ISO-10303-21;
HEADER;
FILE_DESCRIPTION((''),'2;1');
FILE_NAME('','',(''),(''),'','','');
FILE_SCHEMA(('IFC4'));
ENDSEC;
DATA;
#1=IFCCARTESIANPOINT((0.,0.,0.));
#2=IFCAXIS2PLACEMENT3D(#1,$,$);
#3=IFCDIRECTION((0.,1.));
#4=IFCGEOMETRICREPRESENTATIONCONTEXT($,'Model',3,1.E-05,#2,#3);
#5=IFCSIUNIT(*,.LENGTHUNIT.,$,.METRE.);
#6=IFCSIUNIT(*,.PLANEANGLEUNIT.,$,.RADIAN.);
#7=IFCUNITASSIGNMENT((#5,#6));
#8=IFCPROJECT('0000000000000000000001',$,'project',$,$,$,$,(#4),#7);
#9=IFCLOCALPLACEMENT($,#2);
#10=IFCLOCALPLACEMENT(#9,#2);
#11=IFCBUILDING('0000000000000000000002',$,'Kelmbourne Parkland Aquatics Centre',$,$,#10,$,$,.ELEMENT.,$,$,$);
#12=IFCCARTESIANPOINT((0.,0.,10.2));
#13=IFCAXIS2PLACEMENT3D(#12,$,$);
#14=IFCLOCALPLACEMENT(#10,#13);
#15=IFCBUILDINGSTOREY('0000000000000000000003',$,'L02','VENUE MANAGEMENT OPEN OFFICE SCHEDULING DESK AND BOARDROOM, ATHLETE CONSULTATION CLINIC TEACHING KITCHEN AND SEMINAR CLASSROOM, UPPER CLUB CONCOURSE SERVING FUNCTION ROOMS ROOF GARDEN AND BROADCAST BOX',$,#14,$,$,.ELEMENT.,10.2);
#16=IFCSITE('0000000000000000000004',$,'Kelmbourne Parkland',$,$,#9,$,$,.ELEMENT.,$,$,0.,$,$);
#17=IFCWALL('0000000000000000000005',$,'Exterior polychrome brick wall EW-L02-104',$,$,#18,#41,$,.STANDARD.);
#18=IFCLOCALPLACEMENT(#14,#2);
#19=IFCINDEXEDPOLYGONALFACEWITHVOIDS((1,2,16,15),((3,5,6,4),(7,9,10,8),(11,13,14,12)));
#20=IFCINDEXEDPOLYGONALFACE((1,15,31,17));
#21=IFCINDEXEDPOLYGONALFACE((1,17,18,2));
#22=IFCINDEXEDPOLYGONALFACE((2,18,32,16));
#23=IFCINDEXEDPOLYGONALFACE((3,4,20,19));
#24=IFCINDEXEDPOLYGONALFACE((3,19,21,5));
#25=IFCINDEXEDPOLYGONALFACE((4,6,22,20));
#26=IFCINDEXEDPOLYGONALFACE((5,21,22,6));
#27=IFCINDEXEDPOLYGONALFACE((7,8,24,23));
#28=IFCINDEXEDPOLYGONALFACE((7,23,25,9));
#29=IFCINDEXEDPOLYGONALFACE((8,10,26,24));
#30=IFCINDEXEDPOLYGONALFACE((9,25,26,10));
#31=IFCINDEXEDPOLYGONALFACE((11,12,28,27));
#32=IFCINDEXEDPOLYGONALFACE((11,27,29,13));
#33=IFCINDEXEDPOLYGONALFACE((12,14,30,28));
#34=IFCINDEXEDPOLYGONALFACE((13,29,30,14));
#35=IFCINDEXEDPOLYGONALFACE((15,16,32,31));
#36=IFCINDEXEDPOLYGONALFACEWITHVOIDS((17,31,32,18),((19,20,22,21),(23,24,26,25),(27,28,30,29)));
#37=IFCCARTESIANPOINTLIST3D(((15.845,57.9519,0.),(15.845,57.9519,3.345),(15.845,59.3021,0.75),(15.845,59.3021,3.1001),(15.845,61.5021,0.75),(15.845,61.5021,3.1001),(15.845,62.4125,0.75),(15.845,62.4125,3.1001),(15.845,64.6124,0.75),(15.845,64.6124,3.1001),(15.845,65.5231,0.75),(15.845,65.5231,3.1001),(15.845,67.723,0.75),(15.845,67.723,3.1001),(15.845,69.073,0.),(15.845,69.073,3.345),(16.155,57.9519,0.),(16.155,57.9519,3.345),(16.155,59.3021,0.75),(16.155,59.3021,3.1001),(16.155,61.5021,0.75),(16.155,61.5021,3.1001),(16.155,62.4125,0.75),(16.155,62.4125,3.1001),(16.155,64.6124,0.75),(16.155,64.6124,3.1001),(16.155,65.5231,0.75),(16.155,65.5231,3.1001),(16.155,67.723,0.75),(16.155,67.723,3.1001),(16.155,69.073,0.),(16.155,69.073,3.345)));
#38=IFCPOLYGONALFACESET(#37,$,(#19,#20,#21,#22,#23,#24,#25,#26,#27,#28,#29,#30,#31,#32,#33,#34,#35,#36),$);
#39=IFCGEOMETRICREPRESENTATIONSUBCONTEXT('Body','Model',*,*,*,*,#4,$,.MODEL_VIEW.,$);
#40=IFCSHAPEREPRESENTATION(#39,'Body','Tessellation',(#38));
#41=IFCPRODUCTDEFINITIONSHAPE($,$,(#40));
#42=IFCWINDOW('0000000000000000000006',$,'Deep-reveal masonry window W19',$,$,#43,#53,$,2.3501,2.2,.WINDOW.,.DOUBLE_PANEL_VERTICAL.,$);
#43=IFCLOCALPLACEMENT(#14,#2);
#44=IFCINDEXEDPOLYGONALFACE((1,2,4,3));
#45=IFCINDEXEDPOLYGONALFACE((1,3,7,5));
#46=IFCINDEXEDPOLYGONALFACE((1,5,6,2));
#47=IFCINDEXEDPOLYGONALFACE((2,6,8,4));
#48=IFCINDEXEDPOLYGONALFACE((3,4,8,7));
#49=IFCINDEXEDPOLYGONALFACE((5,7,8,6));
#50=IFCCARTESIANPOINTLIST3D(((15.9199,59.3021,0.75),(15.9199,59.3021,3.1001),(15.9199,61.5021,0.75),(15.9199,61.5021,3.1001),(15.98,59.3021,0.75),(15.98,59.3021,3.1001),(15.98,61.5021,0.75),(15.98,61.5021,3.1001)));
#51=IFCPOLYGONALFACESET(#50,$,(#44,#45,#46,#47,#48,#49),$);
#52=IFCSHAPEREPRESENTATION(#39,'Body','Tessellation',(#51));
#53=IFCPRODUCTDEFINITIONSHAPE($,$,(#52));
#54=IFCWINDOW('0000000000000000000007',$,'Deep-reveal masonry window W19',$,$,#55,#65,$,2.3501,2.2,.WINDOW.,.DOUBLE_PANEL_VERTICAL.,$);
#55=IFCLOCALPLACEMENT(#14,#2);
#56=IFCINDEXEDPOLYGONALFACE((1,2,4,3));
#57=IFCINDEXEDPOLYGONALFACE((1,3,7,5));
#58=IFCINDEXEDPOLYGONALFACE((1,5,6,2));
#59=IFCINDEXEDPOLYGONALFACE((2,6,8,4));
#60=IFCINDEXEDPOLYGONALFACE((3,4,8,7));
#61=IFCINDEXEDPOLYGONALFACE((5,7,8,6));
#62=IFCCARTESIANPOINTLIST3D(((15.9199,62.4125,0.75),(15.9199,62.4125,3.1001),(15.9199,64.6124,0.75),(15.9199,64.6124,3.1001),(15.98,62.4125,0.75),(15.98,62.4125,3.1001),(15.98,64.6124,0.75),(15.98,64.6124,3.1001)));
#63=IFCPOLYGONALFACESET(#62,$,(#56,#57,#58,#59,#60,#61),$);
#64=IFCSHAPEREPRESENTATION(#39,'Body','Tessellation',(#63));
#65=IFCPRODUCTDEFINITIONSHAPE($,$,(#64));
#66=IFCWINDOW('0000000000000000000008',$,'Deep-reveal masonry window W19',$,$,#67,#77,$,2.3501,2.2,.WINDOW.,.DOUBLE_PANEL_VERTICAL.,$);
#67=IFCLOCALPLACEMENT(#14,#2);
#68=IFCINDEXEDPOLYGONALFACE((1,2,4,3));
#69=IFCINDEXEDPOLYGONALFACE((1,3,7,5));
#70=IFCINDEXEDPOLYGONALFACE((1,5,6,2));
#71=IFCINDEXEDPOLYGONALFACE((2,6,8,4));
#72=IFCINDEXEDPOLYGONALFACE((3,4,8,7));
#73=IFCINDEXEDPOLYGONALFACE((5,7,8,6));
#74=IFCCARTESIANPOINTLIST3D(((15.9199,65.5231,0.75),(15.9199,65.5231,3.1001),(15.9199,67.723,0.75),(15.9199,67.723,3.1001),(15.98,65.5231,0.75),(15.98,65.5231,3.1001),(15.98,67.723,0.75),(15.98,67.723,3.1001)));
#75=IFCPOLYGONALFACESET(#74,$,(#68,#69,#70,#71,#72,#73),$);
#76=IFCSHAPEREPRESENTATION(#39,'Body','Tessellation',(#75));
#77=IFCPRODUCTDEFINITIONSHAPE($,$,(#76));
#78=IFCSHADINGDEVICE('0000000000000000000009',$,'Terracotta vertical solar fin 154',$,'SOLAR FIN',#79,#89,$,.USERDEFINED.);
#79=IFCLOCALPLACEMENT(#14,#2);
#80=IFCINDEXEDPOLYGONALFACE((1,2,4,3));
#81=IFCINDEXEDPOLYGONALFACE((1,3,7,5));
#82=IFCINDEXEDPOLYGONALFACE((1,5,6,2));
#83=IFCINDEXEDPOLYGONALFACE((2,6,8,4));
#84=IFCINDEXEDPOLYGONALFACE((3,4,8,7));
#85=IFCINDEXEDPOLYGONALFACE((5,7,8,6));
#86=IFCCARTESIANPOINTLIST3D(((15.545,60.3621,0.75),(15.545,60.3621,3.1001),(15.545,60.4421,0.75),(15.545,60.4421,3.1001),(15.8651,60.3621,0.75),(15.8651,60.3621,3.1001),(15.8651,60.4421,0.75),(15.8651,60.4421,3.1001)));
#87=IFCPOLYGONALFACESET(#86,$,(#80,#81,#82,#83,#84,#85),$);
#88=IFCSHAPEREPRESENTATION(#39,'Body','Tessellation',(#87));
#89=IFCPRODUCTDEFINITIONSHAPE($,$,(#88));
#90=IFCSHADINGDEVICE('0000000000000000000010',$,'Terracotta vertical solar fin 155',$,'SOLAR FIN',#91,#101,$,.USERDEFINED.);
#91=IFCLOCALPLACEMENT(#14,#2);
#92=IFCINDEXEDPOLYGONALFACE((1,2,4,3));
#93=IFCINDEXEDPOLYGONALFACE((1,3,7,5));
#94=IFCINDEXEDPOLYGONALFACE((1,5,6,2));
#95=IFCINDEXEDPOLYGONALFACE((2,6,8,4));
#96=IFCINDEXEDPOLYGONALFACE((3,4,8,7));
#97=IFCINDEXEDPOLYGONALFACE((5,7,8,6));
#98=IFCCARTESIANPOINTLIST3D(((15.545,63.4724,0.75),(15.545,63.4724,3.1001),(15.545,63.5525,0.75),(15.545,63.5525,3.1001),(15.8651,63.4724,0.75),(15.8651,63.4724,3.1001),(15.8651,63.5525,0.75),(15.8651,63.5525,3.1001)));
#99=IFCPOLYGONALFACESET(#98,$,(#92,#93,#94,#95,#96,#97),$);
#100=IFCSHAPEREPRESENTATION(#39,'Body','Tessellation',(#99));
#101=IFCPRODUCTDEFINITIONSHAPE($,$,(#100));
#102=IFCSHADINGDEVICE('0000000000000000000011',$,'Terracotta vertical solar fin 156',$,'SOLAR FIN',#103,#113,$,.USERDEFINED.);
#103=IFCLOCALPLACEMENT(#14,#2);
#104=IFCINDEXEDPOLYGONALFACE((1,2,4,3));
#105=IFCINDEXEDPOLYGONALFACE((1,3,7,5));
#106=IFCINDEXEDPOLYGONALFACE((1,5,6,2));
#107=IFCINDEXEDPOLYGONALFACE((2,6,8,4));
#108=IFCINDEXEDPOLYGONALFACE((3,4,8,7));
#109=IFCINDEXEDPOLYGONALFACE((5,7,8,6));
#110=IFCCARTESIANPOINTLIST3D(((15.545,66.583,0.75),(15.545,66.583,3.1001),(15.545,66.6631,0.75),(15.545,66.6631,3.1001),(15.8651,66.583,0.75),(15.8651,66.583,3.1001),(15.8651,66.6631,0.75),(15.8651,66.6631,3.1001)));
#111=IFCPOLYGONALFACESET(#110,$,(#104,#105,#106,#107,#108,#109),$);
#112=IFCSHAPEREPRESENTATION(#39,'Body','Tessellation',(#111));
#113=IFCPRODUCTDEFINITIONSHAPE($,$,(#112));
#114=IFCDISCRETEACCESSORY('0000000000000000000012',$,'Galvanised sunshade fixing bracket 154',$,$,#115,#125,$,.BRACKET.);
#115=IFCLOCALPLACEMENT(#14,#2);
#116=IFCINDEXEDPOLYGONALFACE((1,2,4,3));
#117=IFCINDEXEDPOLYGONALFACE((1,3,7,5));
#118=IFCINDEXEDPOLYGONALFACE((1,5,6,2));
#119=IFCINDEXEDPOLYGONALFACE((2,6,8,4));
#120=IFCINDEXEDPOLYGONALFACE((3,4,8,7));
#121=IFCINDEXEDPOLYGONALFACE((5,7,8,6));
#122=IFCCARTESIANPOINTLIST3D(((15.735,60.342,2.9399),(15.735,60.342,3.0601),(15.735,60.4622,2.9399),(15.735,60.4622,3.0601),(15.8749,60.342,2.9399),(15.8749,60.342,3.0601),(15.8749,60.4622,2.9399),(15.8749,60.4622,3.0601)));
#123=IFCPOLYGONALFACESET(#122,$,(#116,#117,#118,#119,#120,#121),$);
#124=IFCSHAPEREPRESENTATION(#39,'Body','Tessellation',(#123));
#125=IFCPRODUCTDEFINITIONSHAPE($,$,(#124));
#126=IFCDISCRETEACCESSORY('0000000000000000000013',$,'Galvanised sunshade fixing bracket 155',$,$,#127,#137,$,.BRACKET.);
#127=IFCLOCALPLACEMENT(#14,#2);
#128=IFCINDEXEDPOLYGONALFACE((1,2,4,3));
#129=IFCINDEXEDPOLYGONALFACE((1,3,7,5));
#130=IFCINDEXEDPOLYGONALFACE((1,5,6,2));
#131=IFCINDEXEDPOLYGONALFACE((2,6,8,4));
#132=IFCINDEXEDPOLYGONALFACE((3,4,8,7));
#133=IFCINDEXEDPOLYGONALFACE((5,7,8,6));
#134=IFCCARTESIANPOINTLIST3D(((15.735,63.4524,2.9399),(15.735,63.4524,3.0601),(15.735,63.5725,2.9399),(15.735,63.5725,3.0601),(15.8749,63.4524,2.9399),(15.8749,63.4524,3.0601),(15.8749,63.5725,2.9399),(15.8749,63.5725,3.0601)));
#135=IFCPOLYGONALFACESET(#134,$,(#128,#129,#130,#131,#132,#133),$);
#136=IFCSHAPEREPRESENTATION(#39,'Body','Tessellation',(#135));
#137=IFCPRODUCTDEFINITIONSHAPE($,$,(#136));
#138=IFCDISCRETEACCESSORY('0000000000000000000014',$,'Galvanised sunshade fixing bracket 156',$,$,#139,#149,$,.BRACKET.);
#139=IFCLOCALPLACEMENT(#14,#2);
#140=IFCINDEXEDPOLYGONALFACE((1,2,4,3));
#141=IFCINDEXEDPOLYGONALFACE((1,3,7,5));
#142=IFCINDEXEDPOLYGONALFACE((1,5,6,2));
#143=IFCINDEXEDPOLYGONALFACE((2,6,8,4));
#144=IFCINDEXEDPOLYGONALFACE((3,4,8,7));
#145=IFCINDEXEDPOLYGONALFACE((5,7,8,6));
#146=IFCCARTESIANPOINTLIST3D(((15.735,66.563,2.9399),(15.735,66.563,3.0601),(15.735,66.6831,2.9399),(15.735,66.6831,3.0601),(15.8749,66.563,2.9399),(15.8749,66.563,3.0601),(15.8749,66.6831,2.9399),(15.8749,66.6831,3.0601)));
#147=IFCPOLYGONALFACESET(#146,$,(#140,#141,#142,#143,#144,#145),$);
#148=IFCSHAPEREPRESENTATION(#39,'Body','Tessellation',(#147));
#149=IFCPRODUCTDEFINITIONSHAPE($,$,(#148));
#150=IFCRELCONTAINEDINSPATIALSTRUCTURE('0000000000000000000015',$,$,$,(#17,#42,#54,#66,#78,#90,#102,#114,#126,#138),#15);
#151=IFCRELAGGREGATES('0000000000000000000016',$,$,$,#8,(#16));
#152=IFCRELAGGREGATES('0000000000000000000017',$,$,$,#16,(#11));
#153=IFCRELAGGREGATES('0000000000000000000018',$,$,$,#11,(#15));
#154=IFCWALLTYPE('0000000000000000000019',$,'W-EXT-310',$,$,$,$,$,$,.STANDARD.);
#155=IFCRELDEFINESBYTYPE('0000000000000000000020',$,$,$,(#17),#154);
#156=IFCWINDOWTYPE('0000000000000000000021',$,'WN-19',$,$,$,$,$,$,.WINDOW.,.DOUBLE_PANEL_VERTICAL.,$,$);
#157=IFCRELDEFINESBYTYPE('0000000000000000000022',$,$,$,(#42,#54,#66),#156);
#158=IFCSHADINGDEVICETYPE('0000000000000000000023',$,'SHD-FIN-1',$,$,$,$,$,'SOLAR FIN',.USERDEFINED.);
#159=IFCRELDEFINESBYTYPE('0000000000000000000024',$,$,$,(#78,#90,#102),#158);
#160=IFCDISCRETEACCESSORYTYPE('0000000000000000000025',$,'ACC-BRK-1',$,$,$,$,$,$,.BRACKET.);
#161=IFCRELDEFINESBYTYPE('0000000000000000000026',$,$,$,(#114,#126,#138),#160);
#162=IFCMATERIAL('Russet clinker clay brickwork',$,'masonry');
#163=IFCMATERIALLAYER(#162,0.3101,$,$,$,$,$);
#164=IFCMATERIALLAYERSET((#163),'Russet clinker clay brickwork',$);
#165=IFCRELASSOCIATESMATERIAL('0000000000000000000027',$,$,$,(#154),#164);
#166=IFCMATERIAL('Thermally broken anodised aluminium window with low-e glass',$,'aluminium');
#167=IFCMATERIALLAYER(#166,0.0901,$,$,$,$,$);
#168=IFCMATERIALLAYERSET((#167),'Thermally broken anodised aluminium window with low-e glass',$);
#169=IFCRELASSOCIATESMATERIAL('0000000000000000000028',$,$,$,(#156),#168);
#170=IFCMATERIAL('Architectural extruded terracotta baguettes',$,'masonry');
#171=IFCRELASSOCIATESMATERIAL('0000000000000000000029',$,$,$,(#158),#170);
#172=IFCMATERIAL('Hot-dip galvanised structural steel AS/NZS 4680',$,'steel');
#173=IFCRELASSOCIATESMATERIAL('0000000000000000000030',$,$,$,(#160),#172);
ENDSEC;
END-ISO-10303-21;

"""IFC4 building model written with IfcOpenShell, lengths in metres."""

from ifc_helpers import new_model, si_unit, direction, frame, frame_2d, origin, origin_2d, place, context, subcontext, project, spatial, rectangle, extrude, material, layer, layer_set, type_object, element, fill, save


model = new_model("IFC4")

# Units and contexts
model_context = context("Model", 3, precision=1e-05, world=origin(), true_north=direction((0.0, 1.0)))
body_context = subcontext(model_context, "Body", "Model", "MODEL_VIEW")
ifc_project = project(units=[si_unit("LENGTHUNIT", "METRE"), si_unit("PLANEANGLEUNIT", "RADIAN")], contexts=[model_context])

# Site, building, storey
site_placement = place(None, origin())
site = spatial("IfcSite", under=ifc_project, at=site_placement, Name="Kelmbourne Parkland", CompositionType="ELEMENT", RefElevation=0.0)
building_placement = place(site_placement, origin())
building = spatial("IfcBuilding", under=site, at=building_placement, Name="Kelmbourne Parkland Aquatics Centre", CompositionType="ELEMENT")
storey_placement = place(building_placement, frame((0.0, 0.0, 10.2)))
storey = spatial("IfcBuildingStorey", under=building, at=storey_placement, Name="L02", Description="VENUE MANAGEMENT OPEN OFFICE SCHEDULING DESK AND BOARDROOM, ATHLETE CONSULTATION CLINIC TEACHING KITCHEN AND SEMINAR CLASSROOM, UPPER CLUB CONCOURSE SERVING FUNCTION ROOMS ROOF GARDEN AND BROADCAST BOX", CompositionType="ELEMENT", Elevation=10.2)

# Wall, openings, windows
ifc_material_1 = material(Name="Russet clinker clay brickwork", Category="masonry")
ifc_layer_1 = layer(ifc_material_1, 0.3101)
ifc_layer_set_1 = layer_set([ifc_layer_1], Name="Russet clinker clay brickwork")
wall_type = type_object("IfcWallType", Name="W-EXT-310", PredefinedType="STANDARD", material=ifc_layer_set_1)
wall_placement = place(storey_placement, frame((16.0, 57.9519, 0.0), z_axis=(0.0, 0.0, 1.0), x_axis=(0.0, 1.0, 0.0)))
wall = element("IfcWall", 1, at=wall_placement, inside=storey, type_object=wall_type, Name="Exterior polychrome brick wall EW-L02-104", PredefinedType="STANDARD", context=body_context, shape_type="SweptSolid", body=[
    extrude(rectangle(XDim=11.1211, YDim=0.3101, at=frame_2d((5.5605, 0.0))), origin(), (0.0, 0.0, 1.0), 3.345),
])
opening_1_placement = place(wall_placement, frame((1.3501, 0.0, 0.75)))
opening_1 = element("IfcOpeningElement", 2, at=opening_1_placement, cuts=wall, PredefinedType="OPENING", context=body_context, shape_type="SweptSolid", body=[
    extrude(rectangle(XDim=2.2, YDim=2.3501, at=frame_2d((1.1001, 1.175))), frame((0.0, 0.167, 0.0), z_axis=(0.0, -1.0, 0.0), x_axis=(1.0, 0.0, 0.0)), (0.0, 0.0, 1.0), 0.334),
])
opening_2_placement = place(wall_placement, frame((4.4604, 0.0, 0.75)))
opening_2 = element("IfcOpeningElement", 3, at=opening_2_placement, cuts=wall, PredefinedType="OPENING", context=body_context, shape_type="SweptSolid", body=[
    extrude(rectangle(XDim=2.2, YDim=2.3501, at=frame_2d((1.1001, 1.175))), frame((0.0, 0.167, 0.0), z_axis=(0.0, -1.0, 0.0), x_axis=(1.0, 0.0, 0.0)), (0.0, 0.0, 1.0), 0.334),
])
opening_3_placement = place(wall_placement, frame((7.571, 0.0, 0.75)))
opening_3 = element("IfcOpeningElement", 4, at=opening_3_placement, cuts=wall, PredefinedType="OPENING", context=body_context, shape_type="SweptSolid", body=[
    extrude(rectangle(XDim=2.2, YDim=2.3501, at=frame_2d((1.1001, 1.175))), frame((0.0, 0.167, 0.0), z_axis=(0.0, -1.0, 0.0), x_axis=(1.0, 0.0, 0.0)), (0.0, 0.0, 1.0), 0.334),
])
ifc_material_2 = material(Name="Thermally broken anodised aluminium window with low-e glass", Category="aluminium")
ifc_layer_2 = layer(ifc_material_2, 0.0901)
ifc_layer_set_2 = layer_set([ifc_layer_2], Name="Thermally broken anodised aluminium window with low-e glass")
window_type = type_object("IfcWindowType", Name="WN-19", PartitioningType="DOUBLE_PANEL_VERTICAL", PredefinedType="WINDOW", material=ifc_layer_set_2)
window_1_placement = place(opening_1_placement, origin())
window_1 = element("IfcWindow", 5, at=window_1_placement, inside=storey, type_object=window_type, Name="Deep-reveal masonry window W19", OverallHeight=2.3501, OverallWidth=2.2, PartitioningType="DOUBLE_PANEL_VERTICAL", PredefinedType="WINDOW", context=body_context, shape_type="SweptSolid", body=[
    extrude(rectangle(XDim=2.2, YDim=2.3501, at=frame_2d((1.1001, 1.175))), frame((0.0, 0.0801, 0.0), z_axis=(0.0, -1.0, 0.0), x_axis=(1.0, 0.0, 0.0)), (0.0, 0.0, 1.0), 0.0601),
])
fill(opening_1, window_1)
window_2_placement = place(opening_2_placement, origin())
window_2 = element("IfcWindow", 6, at=window_2_placement, inside=storey, type_object=window_type, Name="Deep-reveal masonry window W19", OverallHeight=2.3501, OverallWidth=2.2, PartitioningType="DOUBLE_PANEL_VERTICAL", PredefinedType="WINDOW", context=body_context, shape_type="SweptSolid", body=[
    extrude(rectangle(XDim=2.2, YDim=2.3501, at=frame_2d((1.1001, 1.175))), frame((0.0, 0.0801, 0.0), z_axis=(0.0, -1.0, 0.0), x_axis=(1.0, 0.0, 0.0)), (0.0, 0.0, 1.0), 0.0601),
])
fill(opening_2, window_2)
window_3_placement = place(opening_3_placement, origin())
window_3 = element("IfcWindow", 7, at=window_3_placement, inside=storey, type_object=window_type, Name="Deep-reveal masonry window W19", OverallHeight=2.3501, OverallWidth=2.2, PartitioningType="DOUBLE_PANEL_VERTICAL", PredefinedType="WINDOW", context=body_context, shape_type="SweptSolid", body=[
    extrude(rectangle(XDim=2.2, YDim=2.3501, at=frame_2d((1.1001, 1.175))), frame((0.0, 0.0801, 0.0), z_axis=(0.0, -1.0, 0.0), x_axis=(1.0, 0.0, 0.0)), (0.0, 0.0, 1.0), 0.0601),
])
fill(opening_3, window_3)

# Shading devices
ifc_material_3 = material(Name="Architectural extruded terracotta baguettes", Category="masonry")
shading_device_type = type_object("IfcShadingDeviceType", Name="SHD-FIN-1", ElementType="SOLAR FIN", PredefinedType="USERDEFINED", material=ifc_material_3)
for number, where, z_axis, x_axis, name in (
    (8, (15.7051, 60.4021, 0.75), (0.0, 0.0, 1.0), (0.0, 1.0, 0.0), "Terracotta vertical solar fin 154"),
    (9, (15.7051, 63.5125, 0.75), (0.0, 0.0, 1.0), (0.0, 1.0, 0.0), "Terracotta vertical solar fin 155"),
    (10, (15.7051, 66.623, 0.75), (0.0, 0.0, 1.0), (0.0, 1.0, 0.0), "Terracotta vertical solar fin 156"),
):
    element("IfcShadingDevice", number, at=place(storey_placement, frame(where, z_axis=z_axis, x_axis=x_axis)), inside=storey, type_object=shading_device_type, Name=name, ObjectType="SOLAR FIN", PredefinedType="USERDEFINED", context=body_context, shape_type="SweptSolid", body=[
        extrude(rectangle(XDim=0.0801, YDim=0.3201, at=origin_2d()), origin(), (0.0, 0.0, 1.0), 2.3501),
    ])

# Discrete accessories
ifc_material_4 = material(Name="Hot-dip galvanised structural steel AS/NZS 4680", Category="steel")
discrete_accessory_type = type_object("IfcDiscreteAccessoryType", Name="ACC-BRK-1", PredefinedType="BRACKET", material=ifc_material_4)
for number, where, z_axis, x_axis, name in (
    (11, (15.8049, 60.4021, 2.9399), (0.0, 0.0, 1.0), (0.0, 1.0, 0.0), "Galvanised sunshade fixing bracket 154"),
    (12, (15.8049, 63.5125, 2.9399), (0.0, 0.0, 1.0), (0.0, 1.0, 0.0), "Galvanised sunshade fixing bracket 155"),
    (13, (15.8049, 66.623, 2.9399), (0.0, 0.0, 1.0), (0.0, 1.0, 0.0), "Galvanised sunshade fixing bracket 156"),
):
    element("IfcDiscreteAccessory", number, at=place(storey_placement, frame(where, z_axis=z_axis, x_axis=x_axis)), inside=storey, type_object=discrete_accessory_type, Name=name, PredefinedType="BRACKET", context=body_context, shape_type="SweptSolid", body=[
        extrude(rectangle(XDim=0.1201, YDim=0.1399, at=origin_2d()), origin(), (0.0, 0.0, 1.0), 0.1201),
    ])

save(model, "model.ifc")
